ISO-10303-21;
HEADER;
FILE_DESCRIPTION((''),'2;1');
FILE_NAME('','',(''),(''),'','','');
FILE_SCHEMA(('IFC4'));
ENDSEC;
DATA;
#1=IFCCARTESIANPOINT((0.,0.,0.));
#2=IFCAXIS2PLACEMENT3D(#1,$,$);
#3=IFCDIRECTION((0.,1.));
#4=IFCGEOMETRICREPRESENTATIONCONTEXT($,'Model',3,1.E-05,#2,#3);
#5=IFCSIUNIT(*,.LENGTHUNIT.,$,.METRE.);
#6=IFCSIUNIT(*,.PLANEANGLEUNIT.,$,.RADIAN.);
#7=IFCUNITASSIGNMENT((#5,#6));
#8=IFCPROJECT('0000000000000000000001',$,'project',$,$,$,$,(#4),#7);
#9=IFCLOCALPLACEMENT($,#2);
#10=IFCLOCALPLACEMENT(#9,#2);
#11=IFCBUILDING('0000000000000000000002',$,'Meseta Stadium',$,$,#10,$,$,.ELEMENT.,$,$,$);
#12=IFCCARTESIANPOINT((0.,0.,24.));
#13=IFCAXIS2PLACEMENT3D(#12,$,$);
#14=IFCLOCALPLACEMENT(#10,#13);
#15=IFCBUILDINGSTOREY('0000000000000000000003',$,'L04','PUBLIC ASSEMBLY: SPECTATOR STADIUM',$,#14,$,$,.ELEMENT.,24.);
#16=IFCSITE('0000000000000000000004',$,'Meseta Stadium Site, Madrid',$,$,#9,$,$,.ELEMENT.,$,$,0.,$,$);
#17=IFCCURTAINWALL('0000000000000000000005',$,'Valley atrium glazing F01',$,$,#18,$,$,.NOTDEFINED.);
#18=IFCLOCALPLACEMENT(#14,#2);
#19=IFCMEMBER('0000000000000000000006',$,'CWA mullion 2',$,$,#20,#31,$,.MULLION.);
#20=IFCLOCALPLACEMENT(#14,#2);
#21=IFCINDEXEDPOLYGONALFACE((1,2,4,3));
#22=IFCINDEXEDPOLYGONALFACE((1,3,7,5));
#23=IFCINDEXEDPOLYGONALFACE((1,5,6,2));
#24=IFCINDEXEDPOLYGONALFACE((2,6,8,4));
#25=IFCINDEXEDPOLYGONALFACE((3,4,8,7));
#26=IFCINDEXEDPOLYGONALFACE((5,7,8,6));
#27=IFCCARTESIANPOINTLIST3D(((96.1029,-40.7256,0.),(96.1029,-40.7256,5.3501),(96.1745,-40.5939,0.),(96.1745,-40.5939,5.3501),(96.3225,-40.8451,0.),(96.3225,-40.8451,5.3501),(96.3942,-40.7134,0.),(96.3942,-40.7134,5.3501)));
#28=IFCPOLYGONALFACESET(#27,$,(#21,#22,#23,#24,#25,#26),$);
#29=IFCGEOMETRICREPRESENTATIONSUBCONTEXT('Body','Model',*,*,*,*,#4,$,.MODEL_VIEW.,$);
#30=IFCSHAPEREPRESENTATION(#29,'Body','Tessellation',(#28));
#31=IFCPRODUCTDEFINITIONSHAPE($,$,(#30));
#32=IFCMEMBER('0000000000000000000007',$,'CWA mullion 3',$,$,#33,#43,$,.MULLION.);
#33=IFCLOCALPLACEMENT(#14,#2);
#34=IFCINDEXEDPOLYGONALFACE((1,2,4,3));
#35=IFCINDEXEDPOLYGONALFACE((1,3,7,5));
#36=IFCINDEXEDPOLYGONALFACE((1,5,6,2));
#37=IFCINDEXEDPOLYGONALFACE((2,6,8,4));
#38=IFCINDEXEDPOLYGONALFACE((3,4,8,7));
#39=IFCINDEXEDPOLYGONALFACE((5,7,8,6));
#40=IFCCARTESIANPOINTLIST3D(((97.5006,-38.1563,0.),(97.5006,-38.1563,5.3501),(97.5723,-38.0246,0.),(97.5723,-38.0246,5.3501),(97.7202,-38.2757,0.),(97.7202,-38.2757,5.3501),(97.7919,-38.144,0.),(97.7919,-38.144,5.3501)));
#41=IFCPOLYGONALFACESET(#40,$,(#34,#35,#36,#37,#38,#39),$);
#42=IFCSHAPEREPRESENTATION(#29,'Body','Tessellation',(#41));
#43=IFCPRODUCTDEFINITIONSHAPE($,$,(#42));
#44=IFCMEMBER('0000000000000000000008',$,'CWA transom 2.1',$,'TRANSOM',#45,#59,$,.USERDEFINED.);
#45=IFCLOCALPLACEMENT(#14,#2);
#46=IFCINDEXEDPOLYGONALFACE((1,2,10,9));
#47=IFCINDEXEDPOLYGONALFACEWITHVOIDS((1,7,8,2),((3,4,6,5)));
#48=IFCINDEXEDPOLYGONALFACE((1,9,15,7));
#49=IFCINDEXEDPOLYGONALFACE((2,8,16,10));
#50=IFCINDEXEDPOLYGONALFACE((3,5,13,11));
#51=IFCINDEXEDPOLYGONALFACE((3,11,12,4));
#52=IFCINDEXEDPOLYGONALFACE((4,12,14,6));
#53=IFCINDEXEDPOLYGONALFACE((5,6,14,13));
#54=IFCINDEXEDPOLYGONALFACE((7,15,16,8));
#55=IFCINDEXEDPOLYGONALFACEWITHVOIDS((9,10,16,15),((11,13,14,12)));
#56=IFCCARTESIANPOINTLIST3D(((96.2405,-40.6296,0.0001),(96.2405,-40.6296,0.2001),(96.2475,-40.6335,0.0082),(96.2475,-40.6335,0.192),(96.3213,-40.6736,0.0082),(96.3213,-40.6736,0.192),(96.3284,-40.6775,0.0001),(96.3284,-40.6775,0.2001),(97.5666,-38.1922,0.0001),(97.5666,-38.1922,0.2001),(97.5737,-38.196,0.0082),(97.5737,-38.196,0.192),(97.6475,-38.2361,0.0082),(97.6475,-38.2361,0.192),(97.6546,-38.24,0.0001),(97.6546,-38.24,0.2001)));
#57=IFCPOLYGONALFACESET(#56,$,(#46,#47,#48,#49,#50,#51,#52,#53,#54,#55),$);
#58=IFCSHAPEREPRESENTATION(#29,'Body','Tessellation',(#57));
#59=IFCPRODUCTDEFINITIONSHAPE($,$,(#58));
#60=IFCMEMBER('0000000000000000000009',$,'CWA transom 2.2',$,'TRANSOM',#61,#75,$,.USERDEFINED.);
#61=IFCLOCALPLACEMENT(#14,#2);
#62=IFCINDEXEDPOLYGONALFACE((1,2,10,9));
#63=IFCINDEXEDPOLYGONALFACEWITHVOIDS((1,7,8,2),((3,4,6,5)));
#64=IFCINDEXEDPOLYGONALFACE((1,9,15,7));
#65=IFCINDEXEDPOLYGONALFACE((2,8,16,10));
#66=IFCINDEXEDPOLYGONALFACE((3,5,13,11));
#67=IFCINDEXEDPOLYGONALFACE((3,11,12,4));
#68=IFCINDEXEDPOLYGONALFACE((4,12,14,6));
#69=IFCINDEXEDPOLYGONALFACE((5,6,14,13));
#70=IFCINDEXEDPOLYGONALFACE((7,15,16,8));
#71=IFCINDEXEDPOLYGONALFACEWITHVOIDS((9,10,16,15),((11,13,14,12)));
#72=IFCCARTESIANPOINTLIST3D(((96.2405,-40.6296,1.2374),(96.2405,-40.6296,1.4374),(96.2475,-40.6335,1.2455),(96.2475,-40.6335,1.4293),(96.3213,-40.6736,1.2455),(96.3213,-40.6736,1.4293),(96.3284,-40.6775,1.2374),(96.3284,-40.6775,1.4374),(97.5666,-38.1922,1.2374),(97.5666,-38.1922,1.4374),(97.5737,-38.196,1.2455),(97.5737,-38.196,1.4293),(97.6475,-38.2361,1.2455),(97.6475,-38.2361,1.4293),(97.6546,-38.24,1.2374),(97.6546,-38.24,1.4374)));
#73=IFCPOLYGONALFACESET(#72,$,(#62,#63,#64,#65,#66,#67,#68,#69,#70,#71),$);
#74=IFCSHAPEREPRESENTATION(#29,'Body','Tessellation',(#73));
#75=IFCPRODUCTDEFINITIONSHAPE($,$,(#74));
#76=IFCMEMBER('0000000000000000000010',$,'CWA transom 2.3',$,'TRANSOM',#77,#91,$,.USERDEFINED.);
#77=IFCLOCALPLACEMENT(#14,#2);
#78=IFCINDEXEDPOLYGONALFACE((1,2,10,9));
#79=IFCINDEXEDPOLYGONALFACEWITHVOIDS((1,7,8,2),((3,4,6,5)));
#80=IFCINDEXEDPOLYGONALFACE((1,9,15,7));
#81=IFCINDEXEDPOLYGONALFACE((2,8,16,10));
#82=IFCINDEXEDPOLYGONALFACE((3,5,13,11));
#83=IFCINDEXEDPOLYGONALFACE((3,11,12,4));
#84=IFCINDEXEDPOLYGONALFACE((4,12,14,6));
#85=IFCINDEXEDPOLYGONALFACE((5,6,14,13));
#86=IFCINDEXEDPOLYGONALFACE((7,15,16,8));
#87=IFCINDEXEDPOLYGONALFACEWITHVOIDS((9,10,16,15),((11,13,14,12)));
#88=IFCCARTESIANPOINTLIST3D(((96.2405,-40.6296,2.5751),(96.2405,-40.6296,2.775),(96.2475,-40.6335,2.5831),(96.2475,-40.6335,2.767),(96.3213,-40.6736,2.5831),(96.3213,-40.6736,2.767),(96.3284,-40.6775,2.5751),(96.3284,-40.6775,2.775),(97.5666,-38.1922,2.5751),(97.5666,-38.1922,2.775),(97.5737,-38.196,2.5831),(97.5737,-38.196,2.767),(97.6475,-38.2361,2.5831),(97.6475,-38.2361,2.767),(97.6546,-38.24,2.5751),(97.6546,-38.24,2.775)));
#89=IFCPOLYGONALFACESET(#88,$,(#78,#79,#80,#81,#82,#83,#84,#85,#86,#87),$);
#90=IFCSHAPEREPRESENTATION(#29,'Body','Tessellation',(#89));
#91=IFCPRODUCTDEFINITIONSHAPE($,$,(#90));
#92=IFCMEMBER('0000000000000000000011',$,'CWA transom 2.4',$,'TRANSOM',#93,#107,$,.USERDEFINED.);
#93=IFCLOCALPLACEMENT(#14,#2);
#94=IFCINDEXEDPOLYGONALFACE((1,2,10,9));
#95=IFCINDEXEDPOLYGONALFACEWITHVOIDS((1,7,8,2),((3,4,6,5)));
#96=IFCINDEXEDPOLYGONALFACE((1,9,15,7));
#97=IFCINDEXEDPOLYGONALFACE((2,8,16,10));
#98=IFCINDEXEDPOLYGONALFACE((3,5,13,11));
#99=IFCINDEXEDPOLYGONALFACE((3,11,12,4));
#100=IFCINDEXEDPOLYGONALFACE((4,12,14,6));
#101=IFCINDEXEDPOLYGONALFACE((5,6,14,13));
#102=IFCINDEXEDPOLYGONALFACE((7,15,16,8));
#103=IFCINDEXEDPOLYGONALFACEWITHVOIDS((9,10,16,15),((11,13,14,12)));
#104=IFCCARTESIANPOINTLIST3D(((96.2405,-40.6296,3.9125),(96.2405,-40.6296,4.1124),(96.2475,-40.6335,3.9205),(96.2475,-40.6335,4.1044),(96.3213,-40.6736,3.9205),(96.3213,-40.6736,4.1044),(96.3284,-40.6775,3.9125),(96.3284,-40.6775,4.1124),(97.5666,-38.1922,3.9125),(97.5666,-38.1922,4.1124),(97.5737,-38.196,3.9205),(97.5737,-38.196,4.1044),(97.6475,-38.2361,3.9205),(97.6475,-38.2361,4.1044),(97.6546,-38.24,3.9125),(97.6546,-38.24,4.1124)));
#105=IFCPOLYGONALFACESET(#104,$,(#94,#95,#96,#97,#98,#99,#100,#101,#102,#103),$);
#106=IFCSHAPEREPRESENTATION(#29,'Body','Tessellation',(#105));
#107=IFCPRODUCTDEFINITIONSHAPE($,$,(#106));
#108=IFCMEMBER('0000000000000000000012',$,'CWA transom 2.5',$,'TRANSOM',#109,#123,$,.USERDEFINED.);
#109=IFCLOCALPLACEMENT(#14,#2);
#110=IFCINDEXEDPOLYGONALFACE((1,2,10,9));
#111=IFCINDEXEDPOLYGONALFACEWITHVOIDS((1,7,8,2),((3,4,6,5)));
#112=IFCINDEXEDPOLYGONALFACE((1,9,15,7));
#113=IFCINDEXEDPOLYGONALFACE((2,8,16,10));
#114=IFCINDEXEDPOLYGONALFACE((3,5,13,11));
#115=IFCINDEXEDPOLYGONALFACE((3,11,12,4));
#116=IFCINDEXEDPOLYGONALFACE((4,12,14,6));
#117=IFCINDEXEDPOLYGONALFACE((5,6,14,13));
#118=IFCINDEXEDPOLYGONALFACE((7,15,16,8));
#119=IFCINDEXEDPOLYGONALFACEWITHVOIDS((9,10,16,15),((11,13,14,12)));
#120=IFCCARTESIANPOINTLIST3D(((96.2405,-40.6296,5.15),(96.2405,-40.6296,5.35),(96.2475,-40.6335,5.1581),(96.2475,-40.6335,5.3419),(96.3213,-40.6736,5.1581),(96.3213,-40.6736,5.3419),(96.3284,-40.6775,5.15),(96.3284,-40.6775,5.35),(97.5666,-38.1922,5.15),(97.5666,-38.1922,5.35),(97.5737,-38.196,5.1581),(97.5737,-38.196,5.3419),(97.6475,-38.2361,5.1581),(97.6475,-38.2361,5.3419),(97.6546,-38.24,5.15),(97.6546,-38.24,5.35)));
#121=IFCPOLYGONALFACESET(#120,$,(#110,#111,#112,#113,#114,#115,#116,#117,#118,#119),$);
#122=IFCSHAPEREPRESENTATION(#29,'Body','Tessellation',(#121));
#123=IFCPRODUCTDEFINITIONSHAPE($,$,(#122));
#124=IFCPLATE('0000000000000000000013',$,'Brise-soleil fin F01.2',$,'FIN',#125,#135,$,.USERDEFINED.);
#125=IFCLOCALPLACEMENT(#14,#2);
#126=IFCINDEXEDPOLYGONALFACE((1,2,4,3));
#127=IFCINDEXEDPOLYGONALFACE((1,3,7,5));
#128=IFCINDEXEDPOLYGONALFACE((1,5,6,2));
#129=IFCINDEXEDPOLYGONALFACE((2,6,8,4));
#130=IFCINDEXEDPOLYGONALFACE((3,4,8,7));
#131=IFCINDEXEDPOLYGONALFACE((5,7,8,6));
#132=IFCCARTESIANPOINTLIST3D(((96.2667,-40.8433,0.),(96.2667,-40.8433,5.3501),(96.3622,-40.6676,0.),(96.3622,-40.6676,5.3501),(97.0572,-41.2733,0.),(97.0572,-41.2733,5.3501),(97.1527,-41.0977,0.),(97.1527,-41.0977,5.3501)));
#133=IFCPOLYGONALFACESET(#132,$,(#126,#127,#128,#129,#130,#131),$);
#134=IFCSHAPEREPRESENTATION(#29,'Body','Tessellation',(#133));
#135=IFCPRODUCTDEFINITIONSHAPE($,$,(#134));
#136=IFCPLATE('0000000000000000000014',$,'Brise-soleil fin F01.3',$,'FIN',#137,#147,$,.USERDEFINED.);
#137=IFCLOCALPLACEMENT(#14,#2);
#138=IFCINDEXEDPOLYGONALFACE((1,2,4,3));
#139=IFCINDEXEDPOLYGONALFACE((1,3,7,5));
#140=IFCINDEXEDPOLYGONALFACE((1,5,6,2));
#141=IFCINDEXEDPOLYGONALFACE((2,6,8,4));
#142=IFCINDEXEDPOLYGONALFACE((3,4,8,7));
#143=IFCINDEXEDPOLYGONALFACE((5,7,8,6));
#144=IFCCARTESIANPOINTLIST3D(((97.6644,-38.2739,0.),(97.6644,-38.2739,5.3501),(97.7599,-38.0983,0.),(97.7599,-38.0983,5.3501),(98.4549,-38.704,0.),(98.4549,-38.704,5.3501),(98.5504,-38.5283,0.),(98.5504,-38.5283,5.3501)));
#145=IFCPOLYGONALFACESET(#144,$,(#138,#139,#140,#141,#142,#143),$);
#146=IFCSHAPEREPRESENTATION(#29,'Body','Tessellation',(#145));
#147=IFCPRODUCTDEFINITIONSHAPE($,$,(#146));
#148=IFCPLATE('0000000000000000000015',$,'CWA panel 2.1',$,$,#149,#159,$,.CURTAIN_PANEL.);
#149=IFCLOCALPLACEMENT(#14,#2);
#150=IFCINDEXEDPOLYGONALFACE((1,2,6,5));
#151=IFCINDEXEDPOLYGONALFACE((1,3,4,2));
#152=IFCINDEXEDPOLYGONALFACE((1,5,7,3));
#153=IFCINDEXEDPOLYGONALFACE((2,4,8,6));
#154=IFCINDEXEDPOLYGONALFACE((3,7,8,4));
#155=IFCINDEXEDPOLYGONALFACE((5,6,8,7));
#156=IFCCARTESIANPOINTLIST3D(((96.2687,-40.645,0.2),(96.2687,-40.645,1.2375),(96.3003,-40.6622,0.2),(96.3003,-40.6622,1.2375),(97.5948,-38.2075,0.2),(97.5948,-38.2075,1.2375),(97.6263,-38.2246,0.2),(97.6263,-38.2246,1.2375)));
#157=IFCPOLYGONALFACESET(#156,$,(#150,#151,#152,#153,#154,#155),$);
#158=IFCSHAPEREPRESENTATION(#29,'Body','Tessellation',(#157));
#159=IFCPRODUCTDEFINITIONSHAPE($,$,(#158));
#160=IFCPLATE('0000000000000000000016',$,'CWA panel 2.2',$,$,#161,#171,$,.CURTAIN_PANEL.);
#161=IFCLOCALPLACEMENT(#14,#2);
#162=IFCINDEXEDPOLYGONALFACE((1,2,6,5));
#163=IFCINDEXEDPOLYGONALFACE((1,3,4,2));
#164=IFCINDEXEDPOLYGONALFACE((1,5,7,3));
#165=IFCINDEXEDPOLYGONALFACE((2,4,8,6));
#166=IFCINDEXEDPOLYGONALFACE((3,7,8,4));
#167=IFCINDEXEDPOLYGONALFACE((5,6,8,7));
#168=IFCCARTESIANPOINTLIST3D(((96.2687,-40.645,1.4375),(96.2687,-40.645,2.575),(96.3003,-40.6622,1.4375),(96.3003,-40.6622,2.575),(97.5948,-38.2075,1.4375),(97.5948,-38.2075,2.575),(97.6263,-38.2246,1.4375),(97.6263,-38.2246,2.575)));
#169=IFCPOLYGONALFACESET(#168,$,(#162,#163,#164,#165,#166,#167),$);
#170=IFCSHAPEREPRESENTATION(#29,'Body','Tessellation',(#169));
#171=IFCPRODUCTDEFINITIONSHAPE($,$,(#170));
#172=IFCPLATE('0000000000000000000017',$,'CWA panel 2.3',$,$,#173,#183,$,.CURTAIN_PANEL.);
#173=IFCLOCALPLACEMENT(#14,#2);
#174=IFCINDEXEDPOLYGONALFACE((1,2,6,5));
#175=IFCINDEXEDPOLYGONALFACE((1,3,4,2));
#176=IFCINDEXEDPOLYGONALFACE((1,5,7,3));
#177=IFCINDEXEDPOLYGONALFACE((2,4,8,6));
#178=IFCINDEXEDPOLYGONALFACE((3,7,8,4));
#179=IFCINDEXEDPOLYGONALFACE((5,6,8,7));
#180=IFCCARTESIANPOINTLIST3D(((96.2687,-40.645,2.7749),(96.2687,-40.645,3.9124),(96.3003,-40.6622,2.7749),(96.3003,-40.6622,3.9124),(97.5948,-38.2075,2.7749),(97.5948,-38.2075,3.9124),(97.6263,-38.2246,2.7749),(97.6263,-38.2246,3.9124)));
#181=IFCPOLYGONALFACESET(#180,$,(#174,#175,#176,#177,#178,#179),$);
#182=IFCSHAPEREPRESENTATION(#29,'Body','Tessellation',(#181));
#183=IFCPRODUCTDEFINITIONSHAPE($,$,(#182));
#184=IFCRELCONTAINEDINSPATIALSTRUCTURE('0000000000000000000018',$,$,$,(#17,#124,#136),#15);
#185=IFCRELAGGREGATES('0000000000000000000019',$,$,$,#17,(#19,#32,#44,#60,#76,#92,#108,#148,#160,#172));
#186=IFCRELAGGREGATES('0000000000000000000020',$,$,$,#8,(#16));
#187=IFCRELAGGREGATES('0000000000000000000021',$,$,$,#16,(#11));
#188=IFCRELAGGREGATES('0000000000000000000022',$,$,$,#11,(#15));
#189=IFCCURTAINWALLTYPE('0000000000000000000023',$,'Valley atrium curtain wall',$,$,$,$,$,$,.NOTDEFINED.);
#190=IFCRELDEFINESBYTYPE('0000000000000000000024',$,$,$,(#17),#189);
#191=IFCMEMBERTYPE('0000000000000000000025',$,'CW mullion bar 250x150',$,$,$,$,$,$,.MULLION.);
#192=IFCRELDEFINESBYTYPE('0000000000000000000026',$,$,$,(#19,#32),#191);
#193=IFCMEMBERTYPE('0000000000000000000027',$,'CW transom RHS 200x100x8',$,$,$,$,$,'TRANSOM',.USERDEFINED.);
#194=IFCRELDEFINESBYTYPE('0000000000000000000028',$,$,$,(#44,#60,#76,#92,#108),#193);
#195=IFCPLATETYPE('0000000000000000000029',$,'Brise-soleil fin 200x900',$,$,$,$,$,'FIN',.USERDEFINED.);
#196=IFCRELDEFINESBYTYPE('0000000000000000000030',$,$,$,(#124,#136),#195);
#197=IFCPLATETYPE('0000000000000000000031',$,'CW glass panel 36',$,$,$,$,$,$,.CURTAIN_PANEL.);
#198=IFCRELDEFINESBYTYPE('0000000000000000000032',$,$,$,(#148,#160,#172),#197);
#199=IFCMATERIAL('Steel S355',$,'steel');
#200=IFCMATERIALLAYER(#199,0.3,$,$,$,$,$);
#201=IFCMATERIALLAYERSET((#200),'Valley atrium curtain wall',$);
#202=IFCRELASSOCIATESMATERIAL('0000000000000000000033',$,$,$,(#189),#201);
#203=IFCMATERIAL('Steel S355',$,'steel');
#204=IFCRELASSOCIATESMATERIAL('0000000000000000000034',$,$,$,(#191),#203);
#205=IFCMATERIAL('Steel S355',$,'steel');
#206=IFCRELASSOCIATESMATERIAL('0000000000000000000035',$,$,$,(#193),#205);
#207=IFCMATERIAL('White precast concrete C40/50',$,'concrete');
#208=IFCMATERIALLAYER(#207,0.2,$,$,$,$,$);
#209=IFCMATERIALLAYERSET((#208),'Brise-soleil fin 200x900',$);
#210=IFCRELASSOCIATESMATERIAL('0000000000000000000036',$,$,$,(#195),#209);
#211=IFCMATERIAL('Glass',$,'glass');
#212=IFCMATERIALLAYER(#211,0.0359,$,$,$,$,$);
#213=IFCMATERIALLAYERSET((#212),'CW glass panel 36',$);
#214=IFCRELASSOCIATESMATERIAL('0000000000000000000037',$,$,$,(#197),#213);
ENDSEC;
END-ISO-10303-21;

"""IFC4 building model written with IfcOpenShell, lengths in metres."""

from ifc_helpers import new_model, si_unit, direction, frame, origin, origin_2d, place, context, subcontext, project, spatial, rectangle, hollow_rectangle, extrude, material, layer, layer_set, material_profile, profile_set, type_object, element, aggregate, save


model = new_model("IFC4")

# Units and contexts
model_context = context("Model", 3, precision=1e-05, world=origin(), true_north=direction((0.0, 1.0)))
body_context = subcontext(model_context, "Body", "Model", "MODEL_VIEW")
ifc_project = project(units=[si_unit("LENGTHUNIT", "METRE"), si_unit("PLANEANGLEUNIT", "RADIAN")], contexts=[model_context])

# Site, building, storey
site_placement = place(None, origin())
site = spatial("IfcSite", under=ifc_project, at=site_placement, Name="Meseta Stadium Site, Madrid", CompositionType="ELEMENT", RefElevation=0.0)
building_placement = place(site_placement, origin())
building = spatial("IfcBuilding", under=site, at=building_placement, Name="Meseta Stadium", CompositionType="ELEMENT")
storey_placement = place(building_placement, frame((0.0, 0.0, 24.0)))
storey = spatial("IfcBuildingStorey", under=building, at=storey_placement, Name="L04", Description="PUBLIC ASSEMBLY: SPECTATOR STADIUM", CompositionType="ELEMENT", Elevation=24.0)

# Curtain wall, members
ifc_material_1 = material(Name="Steel S355", Category="steel")
ifc_layer_1 = layer(ifc_material_1, 0.3)
ifc_layer_set_1 = layer_set([ifc_layer_1], Name="Valley atrium curtain wall")
curtain_wall_type = type_object("IfcCurtainWallType", Name="Valley atrium curtain wall", PredefinedType="NOTDEFINED", material=ifc_layer_set_1)
curtain_wall_placement = place(storey_placement, origin())
curtain_wall = element("IfcCurtainWall", 1, at=curtain_wall_placement, inside=storey, type_object=curtain_wall_type, Name="Valley atrium glazing F01", PredefinedType="NOTDEFINED")
ifc_material_2 = material(Name="Steel S355", Category="steel")
ifc_material_profile_1 = material_profile(ifc_material_2, rectangle(XDim=0.25, YDim=0.1499, at=origin_2d()), Name="CW 250x150")
ifc_profile_set_1 = profile_set([ifc_material_profile_1], Name="Steel S355")
member_type_1 = type_object("IfcMemberType", Name="CW mullion bar 250x150", PredefinedType="MULLION", material=ifc_profile_set_1)
member_1_placement = place(storey_placement, frame((96.2485, -40.7195, 0.0), z_axis=(0.0, 0.0, 1.0), x_axis=(-0.878432, 0.477867, 0.0)))
member_1 = element("IfcMember", 2, at=member_1_placement, type_object=member_type_1, Name="CWA mullion 2", PredefinedType="MULLION", context=body_context, shape_type="SweptSolid", body=[
    extrude(rectangle(XDim=0.25, YDim=0.1499, at=origin_2d()), origin(), (0.0, 0.0, 1.0), 5.3501),
])
member_2_placement = place(storey_placement, frame((97.6462, -38.1501, 0.0), z_axis=(0.0, 0.0, 1.0), x_axis=(-0.878432, 0.477867, 0.0)))
member_2 = element("IfcMember", 3, at=member_2_placement, type_object=member_type_1, Name="CWA mullion 3", PredefinedType="MULLION", context=body_context, shape_type="SweptSolid", body=[
    extrude(rectangle(XDim=0.25, YDim=0.1499, at=origin_2d()), origin(), (0.0, 0.0, 1.0), 5.3501),
])
ifc_material_3 = material(Name="Steel S355", Category="steel")
ifc_material_profile_2 = material_profile(ifc_material_3, hollow_rectangle(XDim=0.1001, YDim=0.2, WallThickness=0.0081, at=origin_2d()), Name="RHS 200x100x8")
ifc_profile_set_2 = profile_set([ifc_material_profile_2], Name="Steel S355")
member_type_2 = type_object("IfcMemberType", Name="CW transom RHS 200x100x8", ElementType="TRANSOM", PredefinedType="USERDEFINED", material=ifc_profile_set_2)
member_3_placement = place(storey_placement, frame((96.2844, -40.6536, 0.1001), z_axis=(0.477915, 0.878406, 0.0), x_axis=(-0.878406, 0.477915, 0.0)))
member_3 = element("IfcMember", 4, at=member_3_placement, type_object=member_type_2, Name="CWA transom 2.1", ObjectType="TRANSOM", PredefinedType="USERDEFINED", context=body_context, shape_type="SweptSolid", body=[
    extrude(hollow_rectangle(XDim=0.1001, YDim=0.2, WallThickness=0.0081, at=origin_2d()), origin(), (0.0, 0.0, 1.0), 2.7749),
])
member_4_placement = place(storey_placement, frame((96.2844, -40.6536, 1.3374), z_axis=(0.477915, 0.878406, 0.0), x_axis=(-0.878406, 0.477915, 0.0)))
member_4 = element("IfcMember", 5, at=member_4_placement, type_object=member_type_2, Name="CWA transom 2.2", ObjectType="TRANSOM", PredefinedType="USERDEFINED", context=body_context, shape_type="SweptSolid", body=[
    extrude(hollow_rectangle(XDim=0.1001, YDim=0.2, WallThickness=0.0081, at=origin_2d()), origin(), (0.0, 0.0, 1.0), 2.7749),
])
member_5_placement = place(storey_placement, frame((96.2844, -40.6536, 2.675), z_axis=(0.477915, 0.878406, 0.0), x_axis=(-0.878406, 0.477915, 0.0)))
member_5 = element("IfcMember", 6, at=member_5_placement, type_object=member_type_2, Name="CWA transom 2.3", ObjectType="TRANSOM", PredefinedType="USERDEFINED", context=body_context, shape_type="SweptSolid", body=[
    extrude(hollow_rectangle(XDim=0.1001, YDim=0.2, WallThickness=0.0081, at=origin_2d()), origin(), (0.0, 0.0, 1.0), 2.7749),
])
member_6_placement = place(storey_placement, frame((96.2844, -40.6536, 4.0125), z_axis=(0.477915, 0.878406, 0.0), x_axis=(-0.878406, 0.477915, 0.0)))
member_6 = element("IfcMember", 7, at=member_6_placement, type_object=member_type_2, Name="CWA transom 2.4", ObjectType="TRANSOM", PredefinedType="USERDEFINED", context=body_context, shape_type="SweptSolid", body=[
    extrude(hollow_rectangle(XDim=0.1001, YDim=0.2, WallThickness=0.0081, at=origin_2d()), origin(), (0.0, 0.0, 1.0), 2.7749),
])
member_7_placement = place(storey_placement, frame((96.2844, -40.6536, 5.25), z_axis=(0.477915, 0.878406, 0.0), x_axis=(-0.878406, 0.477915, 0.0)))
member_7 = element("IfcMember", 8, at=member_7_placement, type_object=member_type_2, Name="CWA transom 2.5", ObjectType="TRANSOM", PredefinedType="USERDEFINED", context=body_context, shape_type="SweptSolid", body=[
    extrude(hollow_rectangle(XDim=0.1001, YDim=0.2, WallThickness=0.0081, at=origin_2d()), origin(), (0.0, 0.0, 1.0), 2.7749),
])

# Plates
ifc_material_4 = material(Name="White precast concrete C40/50", Category="concrete")
ifc_layer_2 = layer(ifc_material_4, 0.2)
ifc_layer_set_2 = layer_set([ifc_layer_2], Name="Brise-soleil fin 200x900")
plate_type_1 = type_object("IfcPlateType", Name="Brise-soleil fin 200x900", ElementType="FIN", PredefinedType="USERDEFINED", material=ifc_layer_set_2)
for number, where, z_axis, x_axis, name in (
    (9, (96.7097, -40.9705, 0.0), (0.0, 0.0, 1.0), (0.477867, 0.878432, 0.0), "Brise-soleil fin F01.2"),
    (10, (98.1074, -38.4011, 0.0), (0.0, 0.0, 1.0), (0.477867, 0.878432, 0.0), "Brise-soleil fin F01.3"),
):
    element("IfcPlate", number, at=place(storey_placement, frame(where, z_axis=z_axis, x_axis=x_axis)), inside=storey, type_object=plate_type_1, Name=name, ObjectType="FIN", PredefinedType="USERDEFINED", context=body_context, shape_type="SweptSolid", body=[
        extrude(rectangle(XDim=0.2, YDim=0.8999, at=origin_2d()), origin(), (0.0, 0.0, 1.0), 5.3501),
    ])

# Plates
ifc_material_5 = material(Name="Glass", Category="glass")
ifc_layer_3 = layer(ifc_material_5, 0.0359)
ifc_layer_set_3 = layer_set([ifc_layer_3], Name="CW glass panel 36")
plate_type_2 = type_object("IfcPlateType", Name="CW glass panel 36", PredefinedType="CURTAIN_PANEL", material=ifc_layer_set_3)
plate_1_placement = place(storey_placement, frame((96.9475, -39.4348, 0.2), z_axis=(0.0, 0.0, 1.0), x_axis=(0.477867, 0.878432, 0.0)))
plate_1 = element("IfcPlate", 11, at=plate_1_placement, type_object=plate_type_2, Name="CWA panel 2.1", PredefinedType="CURTAIN_PANEL", context=body_context, shape_type="SweptSolid", body=[
    extrude(rectangle(XDim=2.7749, YDim=0.0359, at=origin_2d()), origin(), (0.0, 0.0, 1.0), 1.0376),
])
plate_2_placement = place(storey_placement, frame((96.9475, -39.4348, 1.4375), z_axis=(0.0, 0.0, 1.0), x_axis=(0.477867, 0.878432, 0.0)))
plate_2 = element("IfcPlate", 12, at=plate_2_placement, type_object=plate_type_2, Name="CWA panel 2.2", PredefinedType="CURTAIN_PANEL", context=body_context, shape_type="SweptSolid", body=[
    extrude(rectangle(XDim=2.7749, YDim=0.0359, at=origin_2d()), origin(), (0.0, 0.0, 1.0), 1.1375),
])
plate_3_placement = place(storey_placement, frame((96.9475, -39.4348, 2.7749), z_axis=(0.0, 0.0, 1.0), x_axis=(0.477867, 0.878432, 0.0)))
plate_3 = element("IfcPlate", 13, at=plate_3_placement, type_object=plate_type_2, Name="CWA panel 2.3", PredefinedType="CURTAIN_PANEL", context=body_context, shape_type="SweptSolid", body=[
    extrude(rectangle(XDim=2.7749, YDim=0.0359, at=origin_2d()), origin(), (0.0, 0.0, 1.0), 1.1375),
])
aggregate(curtain_wall, [member_1, member_2, member_3, member_4, member_5, member_6, member_7, plate_1, plate_2, plate_3])

save(model, "model.ifc")
